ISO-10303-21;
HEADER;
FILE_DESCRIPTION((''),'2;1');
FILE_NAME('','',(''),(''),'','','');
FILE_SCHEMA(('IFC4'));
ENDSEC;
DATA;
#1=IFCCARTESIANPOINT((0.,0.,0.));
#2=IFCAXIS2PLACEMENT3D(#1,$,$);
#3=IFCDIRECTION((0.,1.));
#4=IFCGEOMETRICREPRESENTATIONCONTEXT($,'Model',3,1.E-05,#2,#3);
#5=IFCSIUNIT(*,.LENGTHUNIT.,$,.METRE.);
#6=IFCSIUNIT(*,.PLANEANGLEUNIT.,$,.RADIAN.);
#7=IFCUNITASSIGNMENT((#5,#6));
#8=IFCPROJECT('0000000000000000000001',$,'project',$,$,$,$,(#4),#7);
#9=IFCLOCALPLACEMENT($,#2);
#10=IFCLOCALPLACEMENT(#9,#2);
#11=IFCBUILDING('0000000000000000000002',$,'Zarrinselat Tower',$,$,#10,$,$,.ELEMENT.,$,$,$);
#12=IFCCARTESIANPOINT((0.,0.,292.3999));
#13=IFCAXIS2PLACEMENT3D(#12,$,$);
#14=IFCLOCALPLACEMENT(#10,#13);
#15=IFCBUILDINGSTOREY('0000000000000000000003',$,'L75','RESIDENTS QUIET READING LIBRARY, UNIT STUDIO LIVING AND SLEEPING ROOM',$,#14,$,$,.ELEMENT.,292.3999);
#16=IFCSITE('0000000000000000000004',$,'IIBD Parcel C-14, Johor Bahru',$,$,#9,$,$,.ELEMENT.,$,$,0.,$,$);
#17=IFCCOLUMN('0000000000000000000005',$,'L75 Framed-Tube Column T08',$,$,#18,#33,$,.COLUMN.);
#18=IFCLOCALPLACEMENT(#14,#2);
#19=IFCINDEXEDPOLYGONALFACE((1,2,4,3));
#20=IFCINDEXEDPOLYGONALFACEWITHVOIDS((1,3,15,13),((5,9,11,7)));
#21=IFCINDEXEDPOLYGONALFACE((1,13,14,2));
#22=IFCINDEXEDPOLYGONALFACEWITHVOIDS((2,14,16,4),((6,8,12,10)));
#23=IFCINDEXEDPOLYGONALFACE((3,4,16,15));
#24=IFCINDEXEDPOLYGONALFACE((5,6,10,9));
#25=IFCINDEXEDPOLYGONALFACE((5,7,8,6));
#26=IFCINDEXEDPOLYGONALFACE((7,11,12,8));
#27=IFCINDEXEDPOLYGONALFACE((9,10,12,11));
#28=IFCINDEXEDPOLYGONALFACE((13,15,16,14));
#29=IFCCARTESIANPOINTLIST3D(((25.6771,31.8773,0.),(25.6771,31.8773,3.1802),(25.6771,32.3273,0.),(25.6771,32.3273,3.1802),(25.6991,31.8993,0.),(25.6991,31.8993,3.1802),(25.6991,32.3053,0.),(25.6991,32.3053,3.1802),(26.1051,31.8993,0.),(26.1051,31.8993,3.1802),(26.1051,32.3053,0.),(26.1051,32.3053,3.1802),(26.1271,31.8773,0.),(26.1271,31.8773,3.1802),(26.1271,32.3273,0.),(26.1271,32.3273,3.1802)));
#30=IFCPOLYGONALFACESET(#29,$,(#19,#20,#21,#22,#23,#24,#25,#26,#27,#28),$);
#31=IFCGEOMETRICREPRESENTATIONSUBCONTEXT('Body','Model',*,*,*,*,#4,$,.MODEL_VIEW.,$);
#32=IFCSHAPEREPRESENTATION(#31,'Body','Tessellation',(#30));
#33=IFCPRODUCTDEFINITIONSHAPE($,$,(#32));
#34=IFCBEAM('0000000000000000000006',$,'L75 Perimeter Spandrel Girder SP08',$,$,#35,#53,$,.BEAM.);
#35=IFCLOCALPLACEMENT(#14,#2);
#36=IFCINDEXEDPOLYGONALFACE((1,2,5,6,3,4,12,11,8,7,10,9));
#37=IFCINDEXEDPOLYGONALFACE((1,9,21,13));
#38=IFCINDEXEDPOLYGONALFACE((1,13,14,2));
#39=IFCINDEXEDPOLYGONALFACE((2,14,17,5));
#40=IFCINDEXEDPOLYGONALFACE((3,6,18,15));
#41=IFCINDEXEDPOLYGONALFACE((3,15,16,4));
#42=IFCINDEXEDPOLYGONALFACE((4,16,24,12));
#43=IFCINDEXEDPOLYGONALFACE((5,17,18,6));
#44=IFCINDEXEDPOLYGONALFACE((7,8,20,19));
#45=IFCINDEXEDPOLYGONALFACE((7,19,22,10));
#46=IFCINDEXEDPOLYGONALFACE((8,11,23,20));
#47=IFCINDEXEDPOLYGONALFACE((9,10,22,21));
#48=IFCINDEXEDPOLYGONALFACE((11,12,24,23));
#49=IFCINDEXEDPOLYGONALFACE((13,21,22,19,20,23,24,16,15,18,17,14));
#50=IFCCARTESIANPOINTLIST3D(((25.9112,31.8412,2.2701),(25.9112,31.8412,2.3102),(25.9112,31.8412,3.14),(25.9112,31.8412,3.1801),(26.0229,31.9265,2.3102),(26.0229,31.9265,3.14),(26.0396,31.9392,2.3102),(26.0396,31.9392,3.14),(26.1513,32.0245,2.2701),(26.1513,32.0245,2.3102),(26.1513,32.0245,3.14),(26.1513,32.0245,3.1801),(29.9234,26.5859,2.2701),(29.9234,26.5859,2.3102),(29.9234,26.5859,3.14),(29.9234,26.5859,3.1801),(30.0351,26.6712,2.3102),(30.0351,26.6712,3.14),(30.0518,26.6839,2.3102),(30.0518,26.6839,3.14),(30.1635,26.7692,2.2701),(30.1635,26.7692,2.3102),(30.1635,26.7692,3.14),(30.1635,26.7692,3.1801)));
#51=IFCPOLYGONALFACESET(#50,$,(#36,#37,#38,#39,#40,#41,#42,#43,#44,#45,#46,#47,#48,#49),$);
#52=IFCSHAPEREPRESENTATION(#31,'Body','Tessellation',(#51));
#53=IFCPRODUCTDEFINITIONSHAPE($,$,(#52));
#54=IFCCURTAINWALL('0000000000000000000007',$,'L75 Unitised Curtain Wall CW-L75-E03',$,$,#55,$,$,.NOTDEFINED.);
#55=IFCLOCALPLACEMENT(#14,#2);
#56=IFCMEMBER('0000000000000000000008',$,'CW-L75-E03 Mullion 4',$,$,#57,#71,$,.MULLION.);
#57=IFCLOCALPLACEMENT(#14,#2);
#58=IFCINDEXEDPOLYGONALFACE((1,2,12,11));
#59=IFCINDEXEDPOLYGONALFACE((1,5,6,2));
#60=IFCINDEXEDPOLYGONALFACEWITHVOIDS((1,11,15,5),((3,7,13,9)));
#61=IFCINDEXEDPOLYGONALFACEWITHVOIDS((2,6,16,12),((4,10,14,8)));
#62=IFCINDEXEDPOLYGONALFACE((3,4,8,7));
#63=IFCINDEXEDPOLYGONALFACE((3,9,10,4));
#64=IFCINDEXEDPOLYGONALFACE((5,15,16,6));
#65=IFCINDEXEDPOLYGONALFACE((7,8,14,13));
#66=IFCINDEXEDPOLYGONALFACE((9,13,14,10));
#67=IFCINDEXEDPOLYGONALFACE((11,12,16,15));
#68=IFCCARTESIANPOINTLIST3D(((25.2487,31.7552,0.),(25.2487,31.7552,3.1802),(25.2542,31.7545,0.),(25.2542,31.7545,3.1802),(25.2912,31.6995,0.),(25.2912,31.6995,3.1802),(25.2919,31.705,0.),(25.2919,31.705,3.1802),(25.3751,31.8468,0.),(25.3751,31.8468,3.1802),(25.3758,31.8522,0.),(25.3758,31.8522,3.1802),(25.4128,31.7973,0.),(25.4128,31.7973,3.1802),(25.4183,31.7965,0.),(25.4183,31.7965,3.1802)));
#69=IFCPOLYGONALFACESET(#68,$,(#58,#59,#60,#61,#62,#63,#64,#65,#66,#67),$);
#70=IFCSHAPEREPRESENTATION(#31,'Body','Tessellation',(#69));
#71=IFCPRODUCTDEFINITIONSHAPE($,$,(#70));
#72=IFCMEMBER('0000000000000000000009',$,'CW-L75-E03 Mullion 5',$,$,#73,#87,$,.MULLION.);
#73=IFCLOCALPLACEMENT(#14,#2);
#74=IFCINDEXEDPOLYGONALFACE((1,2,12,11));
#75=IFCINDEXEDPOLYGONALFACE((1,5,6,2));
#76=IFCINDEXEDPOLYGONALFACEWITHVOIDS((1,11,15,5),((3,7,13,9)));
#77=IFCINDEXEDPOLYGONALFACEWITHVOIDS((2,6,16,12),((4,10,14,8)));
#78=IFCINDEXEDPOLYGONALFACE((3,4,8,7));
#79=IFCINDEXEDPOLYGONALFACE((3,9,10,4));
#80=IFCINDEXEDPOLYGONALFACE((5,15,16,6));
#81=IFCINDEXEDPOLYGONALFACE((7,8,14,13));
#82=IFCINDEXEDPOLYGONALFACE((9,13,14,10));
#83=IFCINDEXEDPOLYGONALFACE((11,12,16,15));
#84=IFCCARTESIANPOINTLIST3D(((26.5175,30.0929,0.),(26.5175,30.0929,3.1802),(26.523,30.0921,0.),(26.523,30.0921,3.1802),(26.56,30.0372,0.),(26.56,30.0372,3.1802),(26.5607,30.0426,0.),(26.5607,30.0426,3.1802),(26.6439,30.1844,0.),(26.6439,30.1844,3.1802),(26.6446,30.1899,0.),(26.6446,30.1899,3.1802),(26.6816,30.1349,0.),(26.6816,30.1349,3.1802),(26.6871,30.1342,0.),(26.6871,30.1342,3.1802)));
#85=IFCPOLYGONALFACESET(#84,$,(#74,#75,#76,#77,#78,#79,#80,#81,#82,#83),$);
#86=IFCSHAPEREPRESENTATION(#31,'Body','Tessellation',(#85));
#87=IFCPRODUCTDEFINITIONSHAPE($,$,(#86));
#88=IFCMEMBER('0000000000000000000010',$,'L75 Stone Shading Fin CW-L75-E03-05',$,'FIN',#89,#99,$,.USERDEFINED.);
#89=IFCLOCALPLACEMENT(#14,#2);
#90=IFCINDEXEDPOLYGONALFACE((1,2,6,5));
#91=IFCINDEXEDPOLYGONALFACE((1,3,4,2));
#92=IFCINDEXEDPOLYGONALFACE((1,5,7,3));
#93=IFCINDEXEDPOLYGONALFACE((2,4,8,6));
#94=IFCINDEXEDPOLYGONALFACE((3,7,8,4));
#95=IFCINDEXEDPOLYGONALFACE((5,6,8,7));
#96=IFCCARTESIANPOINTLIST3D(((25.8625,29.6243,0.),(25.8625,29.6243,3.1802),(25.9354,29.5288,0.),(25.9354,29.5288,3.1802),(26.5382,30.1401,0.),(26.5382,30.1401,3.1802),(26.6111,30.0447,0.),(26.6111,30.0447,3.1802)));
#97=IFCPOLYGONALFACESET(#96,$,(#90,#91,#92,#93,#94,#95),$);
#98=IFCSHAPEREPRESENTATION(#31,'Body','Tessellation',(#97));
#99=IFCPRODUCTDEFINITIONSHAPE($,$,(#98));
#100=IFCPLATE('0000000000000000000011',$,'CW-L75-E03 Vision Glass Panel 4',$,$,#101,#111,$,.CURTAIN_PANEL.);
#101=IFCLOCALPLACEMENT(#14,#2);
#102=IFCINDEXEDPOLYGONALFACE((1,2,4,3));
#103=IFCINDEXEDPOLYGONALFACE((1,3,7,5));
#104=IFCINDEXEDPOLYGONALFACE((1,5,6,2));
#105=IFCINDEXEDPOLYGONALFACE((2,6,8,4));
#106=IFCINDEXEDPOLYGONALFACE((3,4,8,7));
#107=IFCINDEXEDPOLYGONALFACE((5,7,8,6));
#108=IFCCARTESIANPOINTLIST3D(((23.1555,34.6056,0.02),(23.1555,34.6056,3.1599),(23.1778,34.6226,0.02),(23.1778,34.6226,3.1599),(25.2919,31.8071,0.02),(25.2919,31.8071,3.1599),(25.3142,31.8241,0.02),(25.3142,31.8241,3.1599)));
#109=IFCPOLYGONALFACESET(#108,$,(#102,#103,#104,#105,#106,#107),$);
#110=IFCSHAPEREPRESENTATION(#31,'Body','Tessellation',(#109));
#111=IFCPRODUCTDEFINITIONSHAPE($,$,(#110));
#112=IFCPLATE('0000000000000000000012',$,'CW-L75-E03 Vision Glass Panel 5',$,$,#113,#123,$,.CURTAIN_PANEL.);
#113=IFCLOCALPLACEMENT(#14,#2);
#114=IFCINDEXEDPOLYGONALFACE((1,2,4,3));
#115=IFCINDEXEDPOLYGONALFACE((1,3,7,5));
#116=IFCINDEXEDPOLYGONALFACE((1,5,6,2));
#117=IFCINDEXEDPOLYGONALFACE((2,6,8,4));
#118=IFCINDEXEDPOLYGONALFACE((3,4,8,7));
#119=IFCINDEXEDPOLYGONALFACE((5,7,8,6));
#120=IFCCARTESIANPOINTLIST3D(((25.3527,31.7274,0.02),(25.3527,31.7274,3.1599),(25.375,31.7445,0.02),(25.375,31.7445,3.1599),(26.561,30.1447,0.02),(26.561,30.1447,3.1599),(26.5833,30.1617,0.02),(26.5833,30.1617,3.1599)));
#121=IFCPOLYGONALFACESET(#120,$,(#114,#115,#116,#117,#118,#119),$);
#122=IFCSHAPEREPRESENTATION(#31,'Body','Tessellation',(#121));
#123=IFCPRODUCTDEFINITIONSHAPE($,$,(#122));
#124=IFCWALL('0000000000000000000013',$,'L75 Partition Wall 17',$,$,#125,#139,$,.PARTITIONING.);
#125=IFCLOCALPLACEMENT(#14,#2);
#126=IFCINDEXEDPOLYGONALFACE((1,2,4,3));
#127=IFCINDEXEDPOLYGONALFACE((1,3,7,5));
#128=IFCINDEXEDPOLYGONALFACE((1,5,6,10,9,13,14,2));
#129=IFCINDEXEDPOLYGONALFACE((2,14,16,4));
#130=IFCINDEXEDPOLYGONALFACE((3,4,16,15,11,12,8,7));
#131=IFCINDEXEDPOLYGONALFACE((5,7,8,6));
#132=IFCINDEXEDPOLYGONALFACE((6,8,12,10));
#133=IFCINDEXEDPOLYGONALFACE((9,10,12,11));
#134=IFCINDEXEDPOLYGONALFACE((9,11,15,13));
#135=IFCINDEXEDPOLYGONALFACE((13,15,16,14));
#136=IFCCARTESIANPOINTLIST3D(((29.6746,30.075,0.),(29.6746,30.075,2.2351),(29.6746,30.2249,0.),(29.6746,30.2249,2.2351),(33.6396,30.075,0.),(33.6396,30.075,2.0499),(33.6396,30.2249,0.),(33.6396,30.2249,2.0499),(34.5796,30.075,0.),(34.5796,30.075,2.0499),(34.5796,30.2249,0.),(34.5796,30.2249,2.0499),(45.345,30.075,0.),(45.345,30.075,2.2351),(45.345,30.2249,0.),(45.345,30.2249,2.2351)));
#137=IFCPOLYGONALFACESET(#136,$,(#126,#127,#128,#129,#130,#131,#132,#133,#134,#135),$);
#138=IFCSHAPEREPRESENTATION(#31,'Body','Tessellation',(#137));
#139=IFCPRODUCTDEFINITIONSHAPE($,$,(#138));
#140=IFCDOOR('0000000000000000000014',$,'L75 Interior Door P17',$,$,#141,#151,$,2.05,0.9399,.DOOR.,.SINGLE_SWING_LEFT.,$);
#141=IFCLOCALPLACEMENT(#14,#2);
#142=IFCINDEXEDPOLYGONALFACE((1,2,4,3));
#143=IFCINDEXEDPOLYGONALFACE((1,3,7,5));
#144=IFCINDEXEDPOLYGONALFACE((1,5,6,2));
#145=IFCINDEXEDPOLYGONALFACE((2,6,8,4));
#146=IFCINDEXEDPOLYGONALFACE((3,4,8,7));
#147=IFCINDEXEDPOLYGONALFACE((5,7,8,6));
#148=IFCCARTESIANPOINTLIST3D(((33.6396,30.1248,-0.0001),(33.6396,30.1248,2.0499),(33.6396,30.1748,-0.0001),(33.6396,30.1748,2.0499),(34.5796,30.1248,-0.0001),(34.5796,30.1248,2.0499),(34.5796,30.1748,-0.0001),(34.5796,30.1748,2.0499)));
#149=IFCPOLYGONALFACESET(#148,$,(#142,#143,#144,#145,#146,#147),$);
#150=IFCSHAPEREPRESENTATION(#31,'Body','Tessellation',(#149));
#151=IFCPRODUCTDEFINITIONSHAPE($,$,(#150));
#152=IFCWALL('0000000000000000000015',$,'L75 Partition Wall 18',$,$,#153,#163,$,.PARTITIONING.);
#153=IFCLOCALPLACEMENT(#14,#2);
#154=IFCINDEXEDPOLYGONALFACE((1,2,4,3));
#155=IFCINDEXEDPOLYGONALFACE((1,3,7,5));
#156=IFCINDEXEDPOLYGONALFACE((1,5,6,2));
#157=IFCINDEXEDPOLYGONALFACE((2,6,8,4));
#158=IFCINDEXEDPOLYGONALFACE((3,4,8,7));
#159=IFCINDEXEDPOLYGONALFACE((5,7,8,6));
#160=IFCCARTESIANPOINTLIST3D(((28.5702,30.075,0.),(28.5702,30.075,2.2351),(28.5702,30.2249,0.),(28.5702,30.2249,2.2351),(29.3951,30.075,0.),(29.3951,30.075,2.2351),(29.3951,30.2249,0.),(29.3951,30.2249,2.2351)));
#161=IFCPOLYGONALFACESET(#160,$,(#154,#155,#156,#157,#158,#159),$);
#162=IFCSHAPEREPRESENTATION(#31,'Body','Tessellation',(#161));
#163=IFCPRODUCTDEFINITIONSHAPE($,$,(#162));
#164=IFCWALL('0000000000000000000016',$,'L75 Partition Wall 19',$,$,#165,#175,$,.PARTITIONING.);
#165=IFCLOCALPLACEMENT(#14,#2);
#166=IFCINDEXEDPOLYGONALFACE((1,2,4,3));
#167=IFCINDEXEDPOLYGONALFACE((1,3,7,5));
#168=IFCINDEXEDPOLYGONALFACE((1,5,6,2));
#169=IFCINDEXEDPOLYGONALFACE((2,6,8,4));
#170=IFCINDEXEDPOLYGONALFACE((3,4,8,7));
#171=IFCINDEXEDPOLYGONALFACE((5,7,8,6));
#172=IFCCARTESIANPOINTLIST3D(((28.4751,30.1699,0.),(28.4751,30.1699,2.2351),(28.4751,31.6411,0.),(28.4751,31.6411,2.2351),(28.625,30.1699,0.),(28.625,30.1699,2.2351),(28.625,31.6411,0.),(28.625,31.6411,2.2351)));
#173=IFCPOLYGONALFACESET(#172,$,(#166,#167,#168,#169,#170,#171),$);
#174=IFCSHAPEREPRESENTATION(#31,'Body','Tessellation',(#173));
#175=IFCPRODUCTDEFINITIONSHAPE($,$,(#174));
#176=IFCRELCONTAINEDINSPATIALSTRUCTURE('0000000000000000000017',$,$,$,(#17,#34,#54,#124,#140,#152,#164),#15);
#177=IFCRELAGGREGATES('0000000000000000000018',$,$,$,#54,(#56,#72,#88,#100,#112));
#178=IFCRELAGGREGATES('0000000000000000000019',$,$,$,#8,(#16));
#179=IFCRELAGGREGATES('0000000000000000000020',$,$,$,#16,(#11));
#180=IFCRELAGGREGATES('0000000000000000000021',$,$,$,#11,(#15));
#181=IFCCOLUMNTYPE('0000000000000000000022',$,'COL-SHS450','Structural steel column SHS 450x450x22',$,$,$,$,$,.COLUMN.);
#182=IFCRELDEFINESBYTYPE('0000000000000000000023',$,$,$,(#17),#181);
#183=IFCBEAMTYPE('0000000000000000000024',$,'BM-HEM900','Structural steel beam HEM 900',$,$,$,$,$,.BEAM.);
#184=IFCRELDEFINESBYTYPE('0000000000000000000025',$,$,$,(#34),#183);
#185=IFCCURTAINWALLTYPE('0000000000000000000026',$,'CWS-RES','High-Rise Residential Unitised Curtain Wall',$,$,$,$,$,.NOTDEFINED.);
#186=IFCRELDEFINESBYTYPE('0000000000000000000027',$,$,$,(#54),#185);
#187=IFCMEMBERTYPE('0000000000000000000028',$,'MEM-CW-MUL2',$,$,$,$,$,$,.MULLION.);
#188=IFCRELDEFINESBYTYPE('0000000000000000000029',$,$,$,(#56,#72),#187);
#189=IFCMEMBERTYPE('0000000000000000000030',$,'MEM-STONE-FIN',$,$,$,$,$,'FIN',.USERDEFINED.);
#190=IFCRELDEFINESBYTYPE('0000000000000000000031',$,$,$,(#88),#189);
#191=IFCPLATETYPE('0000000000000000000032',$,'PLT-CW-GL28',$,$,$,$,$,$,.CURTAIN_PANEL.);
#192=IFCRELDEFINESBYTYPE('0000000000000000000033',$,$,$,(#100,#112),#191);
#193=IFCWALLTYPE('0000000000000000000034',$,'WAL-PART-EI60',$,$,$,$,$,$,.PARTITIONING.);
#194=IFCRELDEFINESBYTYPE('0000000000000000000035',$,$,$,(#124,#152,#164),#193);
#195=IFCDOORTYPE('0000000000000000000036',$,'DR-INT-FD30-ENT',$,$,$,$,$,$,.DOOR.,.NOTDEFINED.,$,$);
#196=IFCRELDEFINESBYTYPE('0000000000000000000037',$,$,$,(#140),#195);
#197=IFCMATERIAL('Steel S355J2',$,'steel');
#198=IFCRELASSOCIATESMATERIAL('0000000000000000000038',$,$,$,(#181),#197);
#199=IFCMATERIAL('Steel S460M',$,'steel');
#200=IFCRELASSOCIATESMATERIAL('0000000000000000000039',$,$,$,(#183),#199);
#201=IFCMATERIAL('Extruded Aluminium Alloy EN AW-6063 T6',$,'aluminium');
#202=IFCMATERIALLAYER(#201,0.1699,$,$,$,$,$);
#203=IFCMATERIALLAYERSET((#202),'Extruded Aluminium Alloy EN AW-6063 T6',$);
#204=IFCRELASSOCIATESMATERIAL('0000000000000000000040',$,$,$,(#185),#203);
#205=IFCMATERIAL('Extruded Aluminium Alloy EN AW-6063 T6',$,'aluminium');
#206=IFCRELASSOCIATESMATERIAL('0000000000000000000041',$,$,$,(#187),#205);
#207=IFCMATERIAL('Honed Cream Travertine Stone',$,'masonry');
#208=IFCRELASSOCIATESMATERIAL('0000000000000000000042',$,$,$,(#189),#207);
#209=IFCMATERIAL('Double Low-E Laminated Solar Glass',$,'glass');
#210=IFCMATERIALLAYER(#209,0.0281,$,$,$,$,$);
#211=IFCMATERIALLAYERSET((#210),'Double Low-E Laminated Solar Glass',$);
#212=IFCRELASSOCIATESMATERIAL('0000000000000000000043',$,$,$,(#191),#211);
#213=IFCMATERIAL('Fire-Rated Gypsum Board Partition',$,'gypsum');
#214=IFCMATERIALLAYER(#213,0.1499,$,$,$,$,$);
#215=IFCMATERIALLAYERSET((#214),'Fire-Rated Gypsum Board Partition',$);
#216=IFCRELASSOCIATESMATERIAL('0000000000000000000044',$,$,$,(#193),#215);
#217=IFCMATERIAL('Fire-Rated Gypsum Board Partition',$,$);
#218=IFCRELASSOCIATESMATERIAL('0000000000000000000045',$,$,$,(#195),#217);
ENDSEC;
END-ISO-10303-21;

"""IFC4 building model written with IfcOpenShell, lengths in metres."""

from ifc_helpers import new_model, si_unit, direction, frame, frame_2d, origin, origin_2d, place, context, subcontext, project, spatial, rectangle, hollow_rectangle, i_section, extrude, material, layer, layer_set, material_profile, profile_set, type_object, element, fill, aggregate, save


model = new_model("IFC4")

# Units and contexts
model_context = context("Model", 3, precision=1e-05, world=origin(), true_north=direction((0.0, 1.0)))
body_context = subcontext(model_context, "Body", "Model", "MODEL_VIEW")
ifc_project = project(units=[si_unit("LENGTHUNIT", "METRE"), si_unit("PLANEANGLEUNIT", "RADIAN")], contexts=[model_context])

# Site, building, storey
site_placement = place(None, origin())
site = spatial("IfcSite", under=ifc_project, at=site_placement, Name="IIBD Parcel C-14, Johor Bahru", CompositionType="ELEMENT", RefElevation=0.0)
building_placement = place(site_placement, origin())
building = spatial("IfcBuilding", under=site, at=building_placement, Name="Zarrinselat Tower", CompositionType="ELEMENT")
storey_placement = place(building_placement, frame((0.0, 0.0, 292.3999)))
storey = spatial("IfcBuildingStorey", under=building, at=storey_placement, Name="L75", Description="RESIDENTS QUIET READING LIBRARY, UNIT STUDIO LIVING AND SLEEPING ROOM", CompositionType="ELEMENT", Elevation=292.3999)

# Column
ifc_material_1 = material(Name="Steel S355J2", Category="steel")
ifc_material_profile_1 = material_profile(ifc_material_1, hollow_rectangle(XDim=0.45, YDim=0.45, WallThickness=0.022, at=origin_2d()), Name="SHS 450x450x22")
ifc_profile_set_1 = profile_set([ifc_material_profile_1], Name="Steel S355J2")
column_type = type_object("IfcColumnType", Name="COL-SHS450", Description="Structural steel column SHS 450x450x22", PredefinedType="COLUMN", material=ifc_profile_set_1)
column_placement = place(storey_placement, frame((25.9021, 32.1023, 0.0), z_axis=(0.0, 0.0, 1.0), x_axis=(1.0, 0.0, 0.0)))
element("IfcColumn", 1, at=column_placement, inside=storey, type_object=column_type, Name="L75 Framed-Tube Column T08", PredefinedType="COLUMN", context=body_context, shape_type="SweptSolid", body=[
    extrude(hollow_rectangle(XDim=0.45, YDim=0.45, WallThickness=0.022, at=origin_2d()), origin(), (0.0, 0.0, 1.0), 3.1802),
])

# Beam
ifc_material_2 = material(Name="Steel S460M", Category="steel")
ifc_material_profile_2 = material_profile(ifc_material_2, i_section(OverallWidth=0.302, OverallDepth=0.9099, WebThickness=0.021, FlangeThickness=0.04, at=origin_2d()), Name="HEM 900")
ifc_profile_set_2 = profile_set([ifc_material_profile_2], Name="Steel S460M")
beam_type = type_object("IfcBeamType", Name="BM-HEM900", Description="Structural steel beam HEM 900", PredefinedType="BEAM", material=ifc_profile_set_2)
beam_placement = place(storey_placement, frame((26.0312, 31.9329, 2.7251), z_axis=(0.606819, -0.79484, 0.0), x_axis=(0.79484, 0.606819, 0.0)))
element("IfcBeam", 2, at=beam_placement, inside=storey, type_object=beam_type, Name="L75 Perimeter Spandrel Girder SP08", PredefinedType="BEAM", context=body_context, shape_type="SweptSolid", body=[
    extrude(i_section(OverallWidth=0.302, OverallDepth=0.9099, WebThickness=0.021, FlangeThickness=0.04, at=origin_2d()), origin(), (0.0, 0.0, 1.0), 6.6118),
])

# Curtain wall, members, plates
ifc_material_3 = material(Name="Extruded Aluminium Alloy EN AW-6063 T6", Category="aluminium")
ifc_layer_1 = layer(ifc_material_3, 0.1699)
ifc_layer_set_1 = layer_set([ifc_layer_1], Name="Extruded Aluminium Alloy EN AW-6063 T6")
curtain_wall_type = type_object("IfcCurtainWallType", Name="CWS-RES", Description="High-Rise Residential Unitised Curtain Wall", PredefinedType="NOTDEFINED", material=ifc_layer_set_1)
curtain_wall_placement = place(storey_placement, origin())
curtain_wall = element("IfcCurtainWall", 3, at=curtain_wall_placement, inside=storey, type_object=curtain_wall_type, Name="L75 Unitised Curtain Wall CW-L75-E03", PredefinedType="NOTDEFINED")
ifc_material_4 = material(Name="Extruded Aluminium Alloy EN AW-6063 T6", Category="aluminium")
ifc_material_profile_3 = material_profile(ifc_material_4, hollow_rectangle(XDim=0.0701, YDim=0.1599, WallThickness=0.0039, at=origin_2d()), Name="RHS 160x70x4")
ifc_profile_set_3 = profile_set([ifc_material_profile_3], Name="Extruded Aluminium Alloy EN AW-6063 T6")
member_type_1 = type_object("IfcMemberType", Name="MEM-CW-MUL2", PredefinedType="MULLION", material=ifc_profile_set_3)
member_1_placement = place(storey_placement, frame((25.3335, 31.7759, 0.0), z_axis=(0.0, 0.0, 1.0), x_axis=(0.606802, -0.794853, 0.0)))
member_1 = element("IfcMember", 4, at=member_1_placement, type_object=member_type_1, Name="CW-L75-E03 Mullion 4", PredefinedType="MULLION", context=body_context, shape_type="SweptSolid", body=[
    extrude(hollow_rectangle(XDim=0.0701, YDim=0.1599, WallThickness=0.0039, at=origin_2d()), origin(), (0.0, 0.0, 1.0), 3.1802),
])
member_2_placement = place(storey_placement, frame((26.6023, 30.1135, 0.0), z_axis=(0.0, 0.0, 1.0), x_axis=(0.606802, -0.794853, 0.0)))
member_2 = element("IfcMember", 5, at=member_2_placement, type_object=member_type_1, Name="CW-L75-E03 Mullion 5", PredefinedType="MULLION", context=body_context, shape_type="SweptSolid", body=[
    extrude(hollow_rectangle(XDim=0.0701, YDim=0.1599, WallThickness=0.0039, at=origin_2d()), origin(), (0.0, 0.0, 1.0), 3.1802),
])
ifc_material_5 = material(Name="Honed Cream Travertine Stone", Category="masonry")
ifc_material_profile_4 = material_profile(ifc_material_5, rectangle(XDim=0.1201, YDim=0.8501, at=origin_2d()), Name="FIN 850x120")
ifc_profile_set_4 = profile_set([ifc_material_profile_4], Name="Honed Cream Travertine Stone")
member_type_2 = type_object("IfcMemberType", Name="MEM-STONE-FIN", ElementType="FIN", PredefinedType="USERDEFINED", material=ifc_profile_set_4)
member_3_placement = place(storey_placement, frame((26.2368, 29.8345, 0.0), z_axis=(0.0, 0.0, 1.0), x_axis=(-0.606802, 0.794853, 0.0)))
member_3 = element("IfcMember", 6, at=member_3_placement, type_object=member_type_2, Name="L75 Stone Shading Fin CW-L75-E03-05", ObjectType="FIN", PredefinedType="USERDEFINED", context=body_context, shape_type="SweptSolid", body=[
    extrude(rectangle(XDim=0.1201, YDim=0.8501, at=origin_2d()), origin(), (0.0, 0.0, 1.0), 3.1802),
])
ifc_material_6 = material(Name="Double Low-E Laminated Solar Glass", Category="glass")
ifc_layer_2 = layer(ifc_material_6, 0.0281)
ifc_layer_set_2 = layer_set([ifc_layer_2], Name="Double Low-E Laminated Solar Glass")
plate_type = type_object("IfcPlateType", Name="PLT-CW-GL28", PredefinedType="CURTAIN_PANEL", material=ifc_layer_set_2)
plate_1_placement = place(storey_placement, frame((24.2349, 33.2148, 0.02), z_axis=(0.0, 0.0, 1.0), x_axis=(0.606802, -0.794853, 0.0)))
plate_1 = element("IfcPlate", 7, at=plate_1_placement, type_object=plate_type, Name="CW-L75-E03 Vision Glass Panel 4", PredefinedType="CURTAIN_PANEL", context=body_context, shape_type="SweptSolid", body=[
    extrude(rectangle(XDim=3.5208, YDim=0.0281, at=origin_2d()), origin(), (0.0, 0.0, 1.0), 3.1399),
])
plate_2_placement = place(storey_placement, frame((25.968, 30.9446, 0.02), z_axis=(0.0, 0.0, 1.0), x_axis=(0.606802, -0.794853, 0.0)))
plate_2 = element("IfcPlate", 8, at=plate_2_placement, type_object=plate_type, Name="CW-L75-E03 Vision Glass Panel 5", PredefinedType="CURTAIN_PANEL", context=body_context, shape_type="SweptSolid", body=[
    extrude(rectangle(XDim=1.9912, YDim=0.0281, at=origin_2d()), origin(), (0.0, 0.0, 1.0), 3.1399),
])
aggregate(curtain_wall, [member_1, member_2, member_3, plate_1, plate_2])

# Wall, opening, door
ifc_material_7 = material(Name="Fire-Rated Gypsum Board Partition", Category="gypsum")
ifc_layer_3 = layer(ifc_material_7, 0.1499)
ifc_layer_set_3 = layer_set([ifc_layer_3], Name="Fire-Rated Gypsum Board Partition")
wall_type_1 = type_object("IfcWallType", Name="WAL-PART-EI60", PredefinedType="PARTITIONING", material=ifc_layer_set_3)
wall_1_placement = place(storey_placement, frame((29.6746, 30.1499, 0.0), z_axis=(0.0, 0.0, 1.0), x_axis=(1.0, 0.0, 0.0)))
wall_1 = element("IfcWall", 9, at=wall_1_placement, inside=storey, type_object=wall_type_1, Name="L75 Partition Wall 17", PredefinedType="PARTITIONING", context=body_context, shape_type="SweptSolid", body=[
    extrude(rectangle(XDim=15.6704, YDim=0.1499, at=frame_2d((7.8352, 0.0))), origin(), (0.0, 0.0, 1.0), 2.2351),
])
opening_1_placement = place(wall_1_placement, frame((3.9651, 0.0, 0.0)))
opening_1 = element("IfcOpeningElement", 10, at=opening_1_placement, cuts=wall_1, PredefinedType="OPENING", context=body_context, shape_type="SweptSolid", body=[
    extrude(rectangle(XDim=0.9399, YDim=2.05, at=frame_2d((0.47, 1.0249))), frame((0.0, 0.085, 0.0), z_axis=(0.0, -1.0, 0.0), x_axis=(1.0, 0.0, 0.0)), (0.0, 0.0, 1.0), 0.1699),
])
ifc_material_8 = material(Name="Fire-Rated Gypsum Board Partition")
door_type_1 = type_object("IfcDoorType", Name="DR-INT-FD30-ENT", OperationType="NOTDEFINED", PredefinedType="DOOR", material=ifc_material_8)
door_1_placement = place(opening_1_placement, origin())
door_1 = element("IfcDoor", 11, at=door_1_placement, inside=storey, type_object=door_type_1, Name="L75 Interior Door P17", OperationType="SINGLE_SWING_LEFT", OverallHeight=2.05, OverallWidth=0.9399, PredefinedType="DOOR", context=body_context, shape_type="SweptSolid", body=[
    extrude(rectangle(XDim=0.9399, YDim=2.05, at=frame_2d((0.47, 1.0249))), frame((0.0, 0.0249, 0.0), z_axis=(0.0, -1.0, 0.0), x_axis=(1.0, 0.0, 0.0)), (0.0, 0.0, 1.0), 0.05),
])
fill(opening_1, door_1)

# Walls
wall_2_placement = place(storey_placement, frame((28.5701, 30.1499, 0.0), z_axis=(0.0, 0.0, 1.0), x_axis=(1.0, 0.0, 0.0)))
element("IfcWall", 12, at=wall_2_placement, inside=storey, type_object=wall_type_1, Name="L75 Partition Wall 18", PredefinedType="PARTITIONING", context=body_context, shape_type="SweptSolid", body=[
    extrude(rectangle(XDim=0.825, YDim=0.1499, at=frame_2d((0.4126, 0.0))), origin(), (0.0, 0.0, 1.0), 2.2351),
])
wall_3_placement = place(storey_placement, frame((28.55, 30.1699, 0.0), z_axis=(0.0, 0.0, 1.0), x_axis=(0.0, 1.0, 0.0)))
element("IfcWall", 13, at=wall_3_placement, inside=storey, type_object=wall_type_1, Name="L75 Partition Wall 19", PredefinedType="PARTITIONING", context=body_context, shape_type="SweptSolid", body=[
    extrude(rectangle(XDim=1.4712, YDim=0.1499, at=frame_2d((0.7356, 0.0))), origin(), (0.0, 0.0, 1.0), 2.2351),
])

save(model, "model.ifc")
